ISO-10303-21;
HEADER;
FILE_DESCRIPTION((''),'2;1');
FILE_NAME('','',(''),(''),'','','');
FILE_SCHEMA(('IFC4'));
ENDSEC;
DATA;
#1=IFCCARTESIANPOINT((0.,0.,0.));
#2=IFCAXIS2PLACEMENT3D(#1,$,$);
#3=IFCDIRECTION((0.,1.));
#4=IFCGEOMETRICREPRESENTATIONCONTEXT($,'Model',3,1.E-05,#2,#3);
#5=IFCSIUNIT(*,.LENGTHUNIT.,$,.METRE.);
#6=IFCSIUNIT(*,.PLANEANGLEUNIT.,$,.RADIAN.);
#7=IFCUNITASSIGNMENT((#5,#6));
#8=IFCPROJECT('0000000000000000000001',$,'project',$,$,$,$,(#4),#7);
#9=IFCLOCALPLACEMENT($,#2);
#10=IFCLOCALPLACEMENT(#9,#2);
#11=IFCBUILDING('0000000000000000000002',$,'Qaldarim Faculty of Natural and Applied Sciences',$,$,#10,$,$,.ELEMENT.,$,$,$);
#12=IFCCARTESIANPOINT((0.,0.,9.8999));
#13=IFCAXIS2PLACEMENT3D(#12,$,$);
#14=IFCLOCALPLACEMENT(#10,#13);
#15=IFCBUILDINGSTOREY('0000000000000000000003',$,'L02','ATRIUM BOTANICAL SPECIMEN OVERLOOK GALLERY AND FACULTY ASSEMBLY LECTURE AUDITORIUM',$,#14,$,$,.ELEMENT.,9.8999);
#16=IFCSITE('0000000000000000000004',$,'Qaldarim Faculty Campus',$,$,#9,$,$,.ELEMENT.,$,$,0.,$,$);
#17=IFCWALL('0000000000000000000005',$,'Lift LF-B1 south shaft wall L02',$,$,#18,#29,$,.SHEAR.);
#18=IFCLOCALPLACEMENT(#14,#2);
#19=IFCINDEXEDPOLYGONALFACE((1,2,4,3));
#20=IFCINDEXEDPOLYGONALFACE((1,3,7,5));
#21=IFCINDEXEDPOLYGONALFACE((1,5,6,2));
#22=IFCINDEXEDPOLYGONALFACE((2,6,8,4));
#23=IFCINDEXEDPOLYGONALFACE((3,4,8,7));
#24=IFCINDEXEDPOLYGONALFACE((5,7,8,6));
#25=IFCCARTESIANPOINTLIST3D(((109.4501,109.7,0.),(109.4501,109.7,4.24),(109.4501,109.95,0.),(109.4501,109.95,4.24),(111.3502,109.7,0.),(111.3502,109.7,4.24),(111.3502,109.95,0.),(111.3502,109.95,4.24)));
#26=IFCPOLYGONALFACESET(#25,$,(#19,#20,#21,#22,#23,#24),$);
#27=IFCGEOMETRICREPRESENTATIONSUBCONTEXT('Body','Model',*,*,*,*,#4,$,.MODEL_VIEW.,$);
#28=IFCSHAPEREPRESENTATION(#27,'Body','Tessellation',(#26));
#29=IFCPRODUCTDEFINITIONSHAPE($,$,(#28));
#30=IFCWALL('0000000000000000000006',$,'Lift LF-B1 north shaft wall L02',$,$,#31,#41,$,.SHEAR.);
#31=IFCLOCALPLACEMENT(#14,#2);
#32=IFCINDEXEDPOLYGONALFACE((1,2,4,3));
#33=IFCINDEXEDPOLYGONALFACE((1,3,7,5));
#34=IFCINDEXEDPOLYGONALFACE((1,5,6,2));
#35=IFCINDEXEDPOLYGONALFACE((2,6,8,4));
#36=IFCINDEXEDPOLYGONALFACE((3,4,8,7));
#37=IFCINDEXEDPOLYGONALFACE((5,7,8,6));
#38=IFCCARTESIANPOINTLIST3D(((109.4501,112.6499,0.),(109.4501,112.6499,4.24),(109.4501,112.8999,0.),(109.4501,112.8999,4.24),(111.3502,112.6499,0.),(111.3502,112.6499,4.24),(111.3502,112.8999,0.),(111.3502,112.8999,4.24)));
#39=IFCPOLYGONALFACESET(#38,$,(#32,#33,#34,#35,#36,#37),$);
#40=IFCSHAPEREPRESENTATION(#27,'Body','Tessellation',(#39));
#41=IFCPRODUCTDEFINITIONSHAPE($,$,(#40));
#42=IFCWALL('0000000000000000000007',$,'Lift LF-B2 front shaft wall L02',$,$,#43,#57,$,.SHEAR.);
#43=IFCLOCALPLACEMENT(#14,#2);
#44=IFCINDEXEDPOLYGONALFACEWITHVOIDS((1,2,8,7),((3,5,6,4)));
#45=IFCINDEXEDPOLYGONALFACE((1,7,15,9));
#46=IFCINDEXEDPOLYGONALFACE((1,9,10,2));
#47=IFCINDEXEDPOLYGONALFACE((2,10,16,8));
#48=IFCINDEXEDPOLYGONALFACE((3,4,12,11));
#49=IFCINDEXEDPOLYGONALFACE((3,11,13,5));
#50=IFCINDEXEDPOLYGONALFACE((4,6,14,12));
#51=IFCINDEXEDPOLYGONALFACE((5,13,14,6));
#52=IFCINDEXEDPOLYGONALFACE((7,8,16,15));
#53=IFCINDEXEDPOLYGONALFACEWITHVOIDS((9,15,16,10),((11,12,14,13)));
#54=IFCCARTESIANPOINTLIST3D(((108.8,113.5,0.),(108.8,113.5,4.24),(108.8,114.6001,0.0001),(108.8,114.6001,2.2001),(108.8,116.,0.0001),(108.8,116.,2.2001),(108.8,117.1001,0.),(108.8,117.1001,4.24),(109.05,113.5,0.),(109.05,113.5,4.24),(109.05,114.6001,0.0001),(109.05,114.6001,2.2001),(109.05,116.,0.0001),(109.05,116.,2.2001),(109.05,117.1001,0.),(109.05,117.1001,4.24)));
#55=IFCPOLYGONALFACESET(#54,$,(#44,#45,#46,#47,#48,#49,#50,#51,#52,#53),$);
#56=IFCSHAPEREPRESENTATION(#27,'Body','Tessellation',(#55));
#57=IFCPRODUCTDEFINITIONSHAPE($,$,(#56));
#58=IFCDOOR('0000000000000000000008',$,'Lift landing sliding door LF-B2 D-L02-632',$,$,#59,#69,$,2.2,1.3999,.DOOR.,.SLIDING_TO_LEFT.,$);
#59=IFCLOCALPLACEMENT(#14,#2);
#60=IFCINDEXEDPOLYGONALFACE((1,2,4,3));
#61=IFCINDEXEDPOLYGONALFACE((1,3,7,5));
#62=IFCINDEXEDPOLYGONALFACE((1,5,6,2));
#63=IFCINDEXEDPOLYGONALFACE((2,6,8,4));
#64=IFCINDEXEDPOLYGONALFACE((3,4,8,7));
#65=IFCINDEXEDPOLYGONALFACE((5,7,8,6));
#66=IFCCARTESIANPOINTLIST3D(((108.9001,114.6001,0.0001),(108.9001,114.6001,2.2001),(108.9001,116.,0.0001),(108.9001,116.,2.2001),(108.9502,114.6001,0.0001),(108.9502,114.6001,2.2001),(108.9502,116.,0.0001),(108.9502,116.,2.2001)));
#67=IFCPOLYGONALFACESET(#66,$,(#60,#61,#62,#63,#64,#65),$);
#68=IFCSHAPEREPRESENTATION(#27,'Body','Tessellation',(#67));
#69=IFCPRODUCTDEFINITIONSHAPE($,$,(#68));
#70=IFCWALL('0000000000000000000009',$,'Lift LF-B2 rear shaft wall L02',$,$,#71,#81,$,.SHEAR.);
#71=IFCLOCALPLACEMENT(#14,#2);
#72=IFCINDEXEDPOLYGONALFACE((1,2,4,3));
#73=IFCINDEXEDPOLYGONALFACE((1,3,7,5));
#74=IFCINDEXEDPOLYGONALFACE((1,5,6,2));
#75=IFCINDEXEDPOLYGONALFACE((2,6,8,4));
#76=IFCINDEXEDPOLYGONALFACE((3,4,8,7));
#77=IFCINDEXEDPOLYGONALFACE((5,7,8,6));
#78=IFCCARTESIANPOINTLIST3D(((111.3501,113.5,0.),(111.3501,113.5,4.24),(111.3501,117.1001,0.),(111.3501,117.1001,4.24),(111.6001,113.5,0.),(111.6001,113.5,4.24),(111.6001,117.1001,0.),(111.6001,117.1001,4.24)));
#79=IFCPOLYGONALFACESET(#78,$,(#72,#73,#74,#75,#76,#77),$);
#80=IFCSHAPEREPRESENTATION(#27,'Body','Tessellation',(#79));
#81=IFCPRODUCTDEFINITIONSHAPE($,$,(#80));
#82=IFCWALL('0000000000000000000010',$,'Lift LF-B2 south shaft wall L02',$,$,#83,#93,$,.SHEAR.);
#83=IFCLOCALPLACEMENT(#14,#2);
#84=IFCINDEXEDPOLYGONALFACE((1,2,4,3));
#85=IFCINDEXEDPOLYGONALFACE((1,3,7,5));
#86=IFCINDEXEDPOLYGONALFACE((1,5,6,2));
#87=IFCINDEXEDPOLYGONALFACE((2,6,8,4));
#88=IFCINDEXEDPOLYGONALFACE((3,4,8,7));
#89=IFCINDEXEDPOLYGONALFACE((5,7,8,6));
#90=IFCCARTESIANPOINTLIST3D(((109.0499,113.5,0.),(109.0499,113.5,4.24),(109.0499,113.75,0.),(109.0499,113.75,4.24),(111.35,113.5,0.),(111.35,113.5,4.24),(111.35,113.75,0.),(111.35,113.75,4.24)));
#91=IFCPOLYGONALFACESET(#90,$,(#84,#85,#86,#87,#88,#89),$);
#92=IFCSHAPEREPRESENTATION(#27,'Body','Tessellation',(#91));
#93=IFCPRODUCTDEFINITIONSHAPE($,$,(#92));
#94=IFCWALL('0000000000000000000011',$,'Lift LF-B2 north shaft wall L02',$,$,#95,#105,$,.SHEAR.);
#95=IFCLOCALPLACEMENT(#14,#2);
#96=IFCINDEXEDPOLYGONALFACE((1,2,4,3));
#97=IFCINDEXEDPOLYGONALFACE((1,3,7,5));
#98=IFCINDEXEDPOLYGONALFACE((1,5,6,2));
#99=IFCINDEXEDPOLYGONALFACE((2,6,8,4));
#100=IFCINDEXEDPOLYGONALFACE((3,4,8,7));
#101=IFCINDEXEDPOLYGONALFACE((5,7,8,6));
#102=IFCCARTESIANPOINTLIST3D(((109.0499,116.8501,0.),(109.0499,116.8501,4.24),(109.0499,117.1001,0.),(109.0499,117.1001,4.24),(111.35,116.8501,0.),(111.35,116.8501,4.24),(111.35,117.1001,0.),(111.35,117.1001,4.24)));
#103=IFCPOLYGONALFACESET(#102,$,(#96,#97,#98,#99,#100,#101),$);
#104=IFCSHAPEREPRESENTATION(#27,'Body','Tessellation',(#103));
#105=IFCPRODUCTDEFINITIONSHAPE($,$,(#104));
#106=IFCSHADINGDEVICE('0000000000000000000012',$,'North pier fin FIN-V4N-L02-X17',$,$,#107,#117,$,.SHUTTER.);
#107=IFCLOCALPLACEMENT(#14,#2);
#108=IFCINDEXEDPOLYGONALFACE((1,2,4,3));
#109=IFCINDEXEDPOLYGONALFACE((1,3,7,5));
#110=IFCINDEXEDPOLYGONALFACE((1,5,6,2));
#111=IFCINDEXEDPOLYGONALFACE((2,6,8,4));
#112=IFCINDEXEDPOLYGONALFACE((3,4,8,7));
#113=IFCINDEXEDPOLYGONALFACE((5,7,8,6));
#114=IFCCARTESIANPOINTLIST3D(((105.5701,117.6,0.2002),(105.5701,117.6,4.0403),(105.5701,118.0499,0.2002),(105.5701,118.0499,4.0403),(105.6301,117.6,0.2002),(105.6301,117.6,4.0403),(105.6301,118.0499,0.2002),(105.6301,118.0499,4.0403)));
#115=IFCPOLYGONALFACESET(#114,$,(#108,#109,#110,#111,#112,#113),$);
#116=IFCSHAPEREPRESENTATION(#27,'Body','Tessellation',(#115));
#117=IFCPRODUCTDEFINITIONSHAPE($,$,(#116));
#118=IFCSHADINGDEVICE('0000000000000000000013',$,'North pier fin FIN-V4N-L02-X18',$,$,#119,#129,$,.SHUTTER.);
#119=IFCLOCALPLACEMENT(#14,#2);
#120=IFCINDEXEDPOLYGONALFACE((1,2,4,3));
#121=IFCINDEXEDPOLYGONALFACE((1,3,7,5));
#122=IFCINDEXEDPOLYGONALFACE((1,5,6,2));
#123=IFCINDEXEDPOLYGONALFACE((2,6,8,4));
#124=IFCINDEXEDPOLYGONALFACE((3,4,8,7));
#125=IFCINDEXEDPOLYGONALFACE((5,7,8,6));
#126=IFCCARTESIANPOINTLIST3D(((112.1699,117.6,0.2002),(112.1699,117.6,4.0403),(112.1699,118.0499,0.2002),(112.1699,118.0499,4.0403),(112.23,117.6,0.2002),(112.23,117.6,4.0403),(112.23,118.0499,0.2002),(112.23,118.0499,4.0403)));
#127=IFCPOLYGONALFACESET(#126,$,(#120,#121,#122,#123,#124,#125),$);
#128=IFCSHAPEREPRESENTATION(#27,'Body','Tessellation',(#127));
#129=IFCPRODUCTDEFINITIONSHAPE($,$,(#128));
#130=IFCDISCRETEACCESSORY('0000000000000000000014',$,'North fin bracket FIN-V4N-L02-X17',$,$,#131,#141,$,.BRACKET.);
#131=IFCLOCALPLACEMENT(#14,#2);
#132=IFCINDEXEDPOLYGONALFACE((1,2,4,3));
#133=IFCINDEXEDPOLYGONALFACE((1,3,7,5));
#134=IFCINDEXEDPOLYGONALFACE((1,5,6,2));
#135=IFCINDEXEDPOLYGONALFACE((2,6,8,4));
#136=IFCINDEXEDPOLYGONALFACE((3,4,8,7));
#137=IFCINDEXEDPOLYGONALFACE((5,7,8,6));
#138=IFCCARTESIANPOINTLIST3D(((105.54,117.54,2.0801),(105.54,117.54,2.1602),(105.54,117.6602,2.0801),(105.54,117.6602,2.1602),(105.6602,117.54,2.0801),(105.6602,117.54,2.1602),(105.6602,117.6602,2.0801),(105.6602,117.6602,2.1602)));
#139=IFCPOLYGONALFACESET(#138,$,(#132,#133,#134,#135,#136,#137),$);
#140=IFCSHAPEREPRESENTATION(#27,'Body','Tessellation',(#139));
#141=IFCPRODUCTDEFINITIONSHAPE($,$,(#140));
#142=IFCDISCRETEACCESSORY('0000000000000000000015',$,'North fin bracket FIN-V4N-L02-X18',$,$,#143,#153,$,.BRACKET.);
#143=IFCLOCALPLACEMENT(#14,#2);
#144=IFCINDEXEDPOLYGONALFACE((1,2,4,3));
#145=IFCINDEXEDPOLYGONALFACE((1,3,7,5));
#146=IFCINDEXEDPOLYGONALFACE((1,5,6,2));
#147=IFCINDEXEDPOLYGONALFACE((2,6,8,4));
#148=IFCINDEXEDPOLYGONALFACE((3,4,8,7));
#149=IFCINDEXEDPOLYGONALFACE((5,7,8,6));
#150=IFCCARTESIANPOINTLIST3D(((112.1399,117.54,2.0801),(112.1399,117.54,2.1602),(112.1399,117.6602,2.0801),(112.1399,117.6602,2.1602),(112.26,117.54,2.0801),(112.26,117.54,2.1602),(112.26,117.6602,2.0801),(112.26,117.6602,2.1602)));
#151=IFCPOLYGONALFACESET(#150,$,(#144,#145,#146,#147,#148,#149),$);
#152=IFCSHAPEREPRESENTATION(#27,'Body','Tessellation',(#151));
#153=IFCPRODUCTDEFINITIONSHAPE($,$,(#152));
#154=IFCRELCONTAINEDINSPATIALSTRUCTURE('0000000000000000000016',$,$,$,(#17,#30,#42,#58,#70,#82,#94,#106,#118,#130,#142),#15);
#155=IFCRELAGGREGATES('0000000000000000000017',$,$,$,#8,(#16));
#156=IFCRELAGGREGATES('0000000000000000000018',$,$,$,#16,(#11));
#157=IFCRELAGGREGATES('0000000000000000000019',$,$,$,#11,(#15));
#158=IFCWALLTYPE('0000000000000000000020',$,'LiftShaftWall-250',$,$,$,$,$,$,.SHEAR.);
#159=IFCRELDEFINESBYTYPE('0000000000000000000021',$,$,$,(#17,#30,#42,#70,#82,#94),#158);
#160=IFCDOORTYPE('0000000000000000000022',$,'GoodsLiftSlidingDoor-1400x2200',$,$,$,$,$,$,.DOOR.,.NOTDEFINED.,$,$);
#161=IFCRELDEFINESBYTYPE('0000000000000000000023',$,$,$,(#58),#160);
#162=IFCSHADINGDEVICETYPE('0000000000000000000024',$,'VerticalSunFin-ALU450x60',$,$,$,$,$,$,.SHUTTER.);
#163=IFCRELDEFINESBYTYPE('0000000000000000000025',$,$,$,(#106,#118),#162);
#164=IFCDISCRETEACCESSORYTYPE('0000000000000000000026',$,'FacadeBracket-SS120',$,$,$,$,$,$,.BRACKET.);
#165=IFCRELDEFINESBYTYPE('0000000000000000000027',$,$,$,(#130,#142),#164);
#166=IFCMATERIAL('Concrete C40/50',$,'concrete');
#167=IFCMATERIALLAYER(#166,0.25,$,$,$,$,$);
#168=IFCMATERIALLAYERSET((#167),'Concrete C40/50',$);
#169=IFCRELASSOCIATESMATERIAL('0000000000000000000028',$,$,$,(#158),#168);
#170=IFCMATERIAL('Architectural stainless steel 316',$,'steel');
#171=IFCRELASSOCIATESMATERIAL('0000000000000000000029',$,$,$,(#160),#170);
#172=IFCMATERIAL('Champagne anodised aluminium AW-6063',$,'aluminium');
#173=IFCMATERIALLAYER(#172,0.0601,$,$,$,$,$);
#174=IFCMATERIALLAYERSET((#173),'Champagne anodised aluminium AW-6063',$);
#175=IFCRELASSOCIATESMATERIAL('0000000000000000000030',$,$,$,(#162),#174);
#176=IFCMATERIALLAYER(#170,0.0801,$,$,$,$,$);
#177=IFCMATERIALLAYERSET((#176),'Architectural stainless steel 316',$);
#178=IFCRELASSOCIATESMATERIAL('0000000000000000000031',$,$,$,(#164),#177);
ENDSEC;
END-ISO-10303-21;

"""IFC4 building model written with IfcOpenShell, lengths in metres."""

from ifc_helpers import new_model, si_unit, direction, frame, frame_2d, origin, origin_2d, place, context, subcontext, project, spatial, rectangle, extrude, material, layer, layer_set, type_object, element, fill, save


model = new_model("IFC4")

# Units and contexts
model_context = context("Model", 3, precision=1e-05, world=origin(), true_north=direction((0.0, 1.0)))
body_context = subcontext(model_context, "Body", "Model", "MODEL_VIEW")
ifc_project = project(units=[si_unit("LENGTHUNIT", "METRE"), si_unit("PLANEANGLEUNIT", "RADIAN")], contexts=[model_context])

# Site, building, storey
site_placement = place(None, origin())
site = spatial("IfcSite", under=ifc_project, at=site_placement, Name="Qaldarim Faculty Campus", CompositionType="ELEMENT", RefElevation=0.0)
building_placement = place(site_placement, origin())
building = spatial("IfcBuilding", under=site, at=building_placement, Name="Qaldarim Faculty of Natural and Applied Sciences", CompositionType="ELEMENT")
storey_placement = place(building_placement, frame((0.0, 0.0, 9.8999)))
storey = spatial("IfcBuildingStorey", under=building, at=storey_placement, Name="L02", Description="ATRIUM BOTANICAL SPECIMEN OVERLOOK GALLERY AND FACULTY ASSEMBLY LECTURE AUDITORIUM", CompositionType="ELEMENT", Elevation=9.8999)

# Shared definitions
ifc_material_1 = material(Name="Concrete C40/50", Category="concrete")

# Shared definitions
ifc_material_2 = material(Name="Architectural stainless steel 316", Category="steel")
ifc_layer_1 = layer(ifc_material_1, 0.25)
ifc_layer_set_1 = layer_set([ifc_layer_1], Name="Concrete C40/50")
wall_type_1 = type_object("IfcWallType", Name="LiftShaftWall-250", PredefinedType="SHEAR", material=ifc_layer_set_1)

# Walls
for number, where, z_axis, x_axis, name in (
    (1, (109.45, 109.825, 0.0), (0.0, 0.0, 1.0), (1.0, 0.0, 0.0), "Lift LF-B1 south shaft wall L02"),
    (2, (109.45, 112.7749, 0.0), (0.0, 0.0, 1.0), (1.0, 0.0, 0.0), "Lift LF-B1 north shaft wall L02"),
):
    element("IfcWall", number, at=place(storey_placement, frame(where, z_axis=z_axis, x_axis=x_axis)), inside=storey, type_object=wall_type_1, Name=name, PredefinedType="SHEAR", context=body_context, shape_type="SweptSolid", body=[
        extrude(rectangle(XDim=1.9001, YDim=0.25, at=frame_2d((0.9502, 0.0))), origin(), (0.0, 0.0, 1.0), 4.24),
    ])

# Wall, opening, door
wall_1_placement = place(storey_placement, frame((108.925, 113.5, 0.0), z_axis=(0.0, 0.0, 1.0), x_axis=(0.0, 1.0, 0.0)))
wall_1 = element("IfcWall", 3, at=wall_1_placement, inside=storey, type_object=wall_type_1, Name="Lift LF-B2 front shaft wall L02", PredefinedType="SHEAR", context=body_context, shape_type="SweptSolid", body=[
    extrude(rectangle(XDim=3.6001, YDim=0.25, at=frame_2d((1.8, 0.0))), origin(), (0.0, 0.0, 1.0), 4.24),
])
opening_1_placement = place(wall_1_placement, frame((1.1001, 0.0, 0.0)))
opening_1 = element("IfcOpeningElement", 4, at=opening_1_placement, cuts=wall_1, PredefinedType="OPENING", context=body_context, shape_type="SweptSolid", body=[
    extrude(rectangle(XDim=1.3999, YDim=2.2, at=frame_2d((0.7, 1.1001))), frame((0.0, 0.135, 0.0), z_axis=(0.0, -1.0, 0.0), x_axis=(1.0, 0.0, 0.0)), (0.0, 0.0, 1.0), 0.27),
])
door_type_1 = type_object("IfcDoorType", Name="GoodsLiftSlidingDoor-1400x2200", OperationType="NOTDEFINED", PredefinedType="DOOR", material=ifc_material_2)
door_1_placement = place(opening_1_placement, origin())
door_1 = element("IfcDoor", 5, at=door_1_placement, inside=storey, type_object=door_type_1, Name="Lift landing sliding door LF-B2 D-L02-632", OperationType="SLIDING_TO_LEFT", OverallHeight=2.2, OverallWidth=1.3999, PredefinedType="DOOR", context=body_context, shape_type="SweptSolid", body=[
    extrude(rectangle(XDim=1.3999, YDim=2.2, at=frame_2d((0.7, 1.1001))), frame((0.0, 0.0249, 0.0), z_axis=(0.0, -1.0, 0.0), x_axis=(1.0, 0.0, 0.0)), (0.0, 0.0, 1.0), 0.05),
])
fill(opening_1, door_1)

# Walls
wall_2_placement = place(storey_placement, frame((111.4751, 113.5, 0.0), z_axis=(0.0, 0.0, 1.0), x_axis=(0.0, 1.0, 0.0)))
element("IfcWall", 6, at=wall_2_placement, inside=storey, type_object=wall_type_1, Name="Lift LF-B2 rear shaft wall L02", PredefinedType="SHEAR", context=body_context, shape_type="SweptSolid", body=[
    extrude(rectangle(XDim=3.6001, YDim=0.25, at=frame_2d((1.8, 0.0))), origin(), (0.0, 0.0, 1.0), 4.24),
])
for number, where, z_axis, x_axis, name in (
    (7, (109.05, 113.625, 0.0), (0.0, 0.0, 1.0), (1.0, 0.0, 0.0), "Lift LF-B2 south shaft wall L02"),
    (8, (109.05, 116.9751, 0.0), (0.0, 0.0, 1.0), (1.0, 0.0, 0.0), "Lift LF-B2 north shaft wall L02"),
):
    element("IfcWall", number, at=place(storey_placement, frame(where, z_axis=z_axis, x_axis=x_axis)), inside=storey, type_object=wall_type_1, Name=name, PredefinedType="SHEAR", context=body_context, shape_type="SweptSolid", body=[
        extrude(rectangle(XDim=2.3, YDim=0.25, at=frame_2d((1.1499, 0.0))), origin(), (0.0, 0.0, 1.0), 4.24),
    ])

# Shading devices
ifc_material_3 = material(Name="Champagne anodised aluminium AW-6063", Category="aluminium")
ifc_layer_2 = layer(ifc_material_3, 0.0601)
ifc_layer_set_2 = layer_set([ifc_layer_2], Name="Champagne anodised aluminium AW-6063")
shading_device_type = type_object("IfcShadingDeviceType", Name="VerticalSunFin-ALU450x60", PredefinedType="SHUTTER", material=ifc_layer_set_2)
for number, where, z_axis, x_axis, name in (
    (9, (105.6001, 117.825, 0.2002), (0.0, 0.0, 1.0), (1.0, 0.0, 0.0), "North pier fin FIN-V4N-L02-X17"),
    (10, (112.2, 117.825, 0.2002), (0.0, 0.0, 1.0), (1.0, 0.0, 0.0), "North pier fin FIN-V4N-L02-X18"),
):
    element("IfcShadingDevice", number, at=place(storey_placement, frame(where, z_axis=z_axis, x_axis=x_axis)), inside=storey, type_object=shading_device_type, Name=name, PredefinedType="SHUTTER", context=body_context, shape_type="SweptSolid", body=[
        extrude(rectangle(XDim=0.0601, YDim=0.45, at=origin_2d()), origin(), (0.0, 0.0, 1.0), 3.8401),
    ])

# Discrete accessories
ifc_layer_3 = layer(ifc_material_2, 0.0801)
ifc_layer_set_3 = layer_set([ifc_layer_3], Name="Architectural stainless steel 316")
discrete_accessory_type = type_object("IfcDiscreteAccessoryType", Name="FacadeBracket-SS120", PredefinedType="BRACKET", material=ifc_layer_set_3)
for number, where, z_axis, x_axis, name in (
    (11, (105.6001, 117.6001, 2.0801), (0.0, 0.0, 1.0), (1.0, 0.0, 0.0), "North fin bracket FIN-V4N-L02-X17"),
    (12, (112.2, 117.6001, 2.0801), (0.0, 0.0, 1.0), (1.0, 0.0, 0.0), "North fin bracket FIN-V4N-L02-X18"),
):
    element("IfcDiscreteAccessory", number, at=place(storey_placement, frame(where, z_axis=z_axis, x_axis=x_axis)), inside=storey, type_object=discrete_accessory_type, Name=name, PredefinedType="BRACKET", context=body_context, shape_type="SweptSolid", body=[
        extrude(rectangle(XDim=0.1201, YDim=0.1201, at=origin_2d()), origin(), (0.0, 0.0, 1.0), 0.0801),
    ])

save(model, "model.ifc")
